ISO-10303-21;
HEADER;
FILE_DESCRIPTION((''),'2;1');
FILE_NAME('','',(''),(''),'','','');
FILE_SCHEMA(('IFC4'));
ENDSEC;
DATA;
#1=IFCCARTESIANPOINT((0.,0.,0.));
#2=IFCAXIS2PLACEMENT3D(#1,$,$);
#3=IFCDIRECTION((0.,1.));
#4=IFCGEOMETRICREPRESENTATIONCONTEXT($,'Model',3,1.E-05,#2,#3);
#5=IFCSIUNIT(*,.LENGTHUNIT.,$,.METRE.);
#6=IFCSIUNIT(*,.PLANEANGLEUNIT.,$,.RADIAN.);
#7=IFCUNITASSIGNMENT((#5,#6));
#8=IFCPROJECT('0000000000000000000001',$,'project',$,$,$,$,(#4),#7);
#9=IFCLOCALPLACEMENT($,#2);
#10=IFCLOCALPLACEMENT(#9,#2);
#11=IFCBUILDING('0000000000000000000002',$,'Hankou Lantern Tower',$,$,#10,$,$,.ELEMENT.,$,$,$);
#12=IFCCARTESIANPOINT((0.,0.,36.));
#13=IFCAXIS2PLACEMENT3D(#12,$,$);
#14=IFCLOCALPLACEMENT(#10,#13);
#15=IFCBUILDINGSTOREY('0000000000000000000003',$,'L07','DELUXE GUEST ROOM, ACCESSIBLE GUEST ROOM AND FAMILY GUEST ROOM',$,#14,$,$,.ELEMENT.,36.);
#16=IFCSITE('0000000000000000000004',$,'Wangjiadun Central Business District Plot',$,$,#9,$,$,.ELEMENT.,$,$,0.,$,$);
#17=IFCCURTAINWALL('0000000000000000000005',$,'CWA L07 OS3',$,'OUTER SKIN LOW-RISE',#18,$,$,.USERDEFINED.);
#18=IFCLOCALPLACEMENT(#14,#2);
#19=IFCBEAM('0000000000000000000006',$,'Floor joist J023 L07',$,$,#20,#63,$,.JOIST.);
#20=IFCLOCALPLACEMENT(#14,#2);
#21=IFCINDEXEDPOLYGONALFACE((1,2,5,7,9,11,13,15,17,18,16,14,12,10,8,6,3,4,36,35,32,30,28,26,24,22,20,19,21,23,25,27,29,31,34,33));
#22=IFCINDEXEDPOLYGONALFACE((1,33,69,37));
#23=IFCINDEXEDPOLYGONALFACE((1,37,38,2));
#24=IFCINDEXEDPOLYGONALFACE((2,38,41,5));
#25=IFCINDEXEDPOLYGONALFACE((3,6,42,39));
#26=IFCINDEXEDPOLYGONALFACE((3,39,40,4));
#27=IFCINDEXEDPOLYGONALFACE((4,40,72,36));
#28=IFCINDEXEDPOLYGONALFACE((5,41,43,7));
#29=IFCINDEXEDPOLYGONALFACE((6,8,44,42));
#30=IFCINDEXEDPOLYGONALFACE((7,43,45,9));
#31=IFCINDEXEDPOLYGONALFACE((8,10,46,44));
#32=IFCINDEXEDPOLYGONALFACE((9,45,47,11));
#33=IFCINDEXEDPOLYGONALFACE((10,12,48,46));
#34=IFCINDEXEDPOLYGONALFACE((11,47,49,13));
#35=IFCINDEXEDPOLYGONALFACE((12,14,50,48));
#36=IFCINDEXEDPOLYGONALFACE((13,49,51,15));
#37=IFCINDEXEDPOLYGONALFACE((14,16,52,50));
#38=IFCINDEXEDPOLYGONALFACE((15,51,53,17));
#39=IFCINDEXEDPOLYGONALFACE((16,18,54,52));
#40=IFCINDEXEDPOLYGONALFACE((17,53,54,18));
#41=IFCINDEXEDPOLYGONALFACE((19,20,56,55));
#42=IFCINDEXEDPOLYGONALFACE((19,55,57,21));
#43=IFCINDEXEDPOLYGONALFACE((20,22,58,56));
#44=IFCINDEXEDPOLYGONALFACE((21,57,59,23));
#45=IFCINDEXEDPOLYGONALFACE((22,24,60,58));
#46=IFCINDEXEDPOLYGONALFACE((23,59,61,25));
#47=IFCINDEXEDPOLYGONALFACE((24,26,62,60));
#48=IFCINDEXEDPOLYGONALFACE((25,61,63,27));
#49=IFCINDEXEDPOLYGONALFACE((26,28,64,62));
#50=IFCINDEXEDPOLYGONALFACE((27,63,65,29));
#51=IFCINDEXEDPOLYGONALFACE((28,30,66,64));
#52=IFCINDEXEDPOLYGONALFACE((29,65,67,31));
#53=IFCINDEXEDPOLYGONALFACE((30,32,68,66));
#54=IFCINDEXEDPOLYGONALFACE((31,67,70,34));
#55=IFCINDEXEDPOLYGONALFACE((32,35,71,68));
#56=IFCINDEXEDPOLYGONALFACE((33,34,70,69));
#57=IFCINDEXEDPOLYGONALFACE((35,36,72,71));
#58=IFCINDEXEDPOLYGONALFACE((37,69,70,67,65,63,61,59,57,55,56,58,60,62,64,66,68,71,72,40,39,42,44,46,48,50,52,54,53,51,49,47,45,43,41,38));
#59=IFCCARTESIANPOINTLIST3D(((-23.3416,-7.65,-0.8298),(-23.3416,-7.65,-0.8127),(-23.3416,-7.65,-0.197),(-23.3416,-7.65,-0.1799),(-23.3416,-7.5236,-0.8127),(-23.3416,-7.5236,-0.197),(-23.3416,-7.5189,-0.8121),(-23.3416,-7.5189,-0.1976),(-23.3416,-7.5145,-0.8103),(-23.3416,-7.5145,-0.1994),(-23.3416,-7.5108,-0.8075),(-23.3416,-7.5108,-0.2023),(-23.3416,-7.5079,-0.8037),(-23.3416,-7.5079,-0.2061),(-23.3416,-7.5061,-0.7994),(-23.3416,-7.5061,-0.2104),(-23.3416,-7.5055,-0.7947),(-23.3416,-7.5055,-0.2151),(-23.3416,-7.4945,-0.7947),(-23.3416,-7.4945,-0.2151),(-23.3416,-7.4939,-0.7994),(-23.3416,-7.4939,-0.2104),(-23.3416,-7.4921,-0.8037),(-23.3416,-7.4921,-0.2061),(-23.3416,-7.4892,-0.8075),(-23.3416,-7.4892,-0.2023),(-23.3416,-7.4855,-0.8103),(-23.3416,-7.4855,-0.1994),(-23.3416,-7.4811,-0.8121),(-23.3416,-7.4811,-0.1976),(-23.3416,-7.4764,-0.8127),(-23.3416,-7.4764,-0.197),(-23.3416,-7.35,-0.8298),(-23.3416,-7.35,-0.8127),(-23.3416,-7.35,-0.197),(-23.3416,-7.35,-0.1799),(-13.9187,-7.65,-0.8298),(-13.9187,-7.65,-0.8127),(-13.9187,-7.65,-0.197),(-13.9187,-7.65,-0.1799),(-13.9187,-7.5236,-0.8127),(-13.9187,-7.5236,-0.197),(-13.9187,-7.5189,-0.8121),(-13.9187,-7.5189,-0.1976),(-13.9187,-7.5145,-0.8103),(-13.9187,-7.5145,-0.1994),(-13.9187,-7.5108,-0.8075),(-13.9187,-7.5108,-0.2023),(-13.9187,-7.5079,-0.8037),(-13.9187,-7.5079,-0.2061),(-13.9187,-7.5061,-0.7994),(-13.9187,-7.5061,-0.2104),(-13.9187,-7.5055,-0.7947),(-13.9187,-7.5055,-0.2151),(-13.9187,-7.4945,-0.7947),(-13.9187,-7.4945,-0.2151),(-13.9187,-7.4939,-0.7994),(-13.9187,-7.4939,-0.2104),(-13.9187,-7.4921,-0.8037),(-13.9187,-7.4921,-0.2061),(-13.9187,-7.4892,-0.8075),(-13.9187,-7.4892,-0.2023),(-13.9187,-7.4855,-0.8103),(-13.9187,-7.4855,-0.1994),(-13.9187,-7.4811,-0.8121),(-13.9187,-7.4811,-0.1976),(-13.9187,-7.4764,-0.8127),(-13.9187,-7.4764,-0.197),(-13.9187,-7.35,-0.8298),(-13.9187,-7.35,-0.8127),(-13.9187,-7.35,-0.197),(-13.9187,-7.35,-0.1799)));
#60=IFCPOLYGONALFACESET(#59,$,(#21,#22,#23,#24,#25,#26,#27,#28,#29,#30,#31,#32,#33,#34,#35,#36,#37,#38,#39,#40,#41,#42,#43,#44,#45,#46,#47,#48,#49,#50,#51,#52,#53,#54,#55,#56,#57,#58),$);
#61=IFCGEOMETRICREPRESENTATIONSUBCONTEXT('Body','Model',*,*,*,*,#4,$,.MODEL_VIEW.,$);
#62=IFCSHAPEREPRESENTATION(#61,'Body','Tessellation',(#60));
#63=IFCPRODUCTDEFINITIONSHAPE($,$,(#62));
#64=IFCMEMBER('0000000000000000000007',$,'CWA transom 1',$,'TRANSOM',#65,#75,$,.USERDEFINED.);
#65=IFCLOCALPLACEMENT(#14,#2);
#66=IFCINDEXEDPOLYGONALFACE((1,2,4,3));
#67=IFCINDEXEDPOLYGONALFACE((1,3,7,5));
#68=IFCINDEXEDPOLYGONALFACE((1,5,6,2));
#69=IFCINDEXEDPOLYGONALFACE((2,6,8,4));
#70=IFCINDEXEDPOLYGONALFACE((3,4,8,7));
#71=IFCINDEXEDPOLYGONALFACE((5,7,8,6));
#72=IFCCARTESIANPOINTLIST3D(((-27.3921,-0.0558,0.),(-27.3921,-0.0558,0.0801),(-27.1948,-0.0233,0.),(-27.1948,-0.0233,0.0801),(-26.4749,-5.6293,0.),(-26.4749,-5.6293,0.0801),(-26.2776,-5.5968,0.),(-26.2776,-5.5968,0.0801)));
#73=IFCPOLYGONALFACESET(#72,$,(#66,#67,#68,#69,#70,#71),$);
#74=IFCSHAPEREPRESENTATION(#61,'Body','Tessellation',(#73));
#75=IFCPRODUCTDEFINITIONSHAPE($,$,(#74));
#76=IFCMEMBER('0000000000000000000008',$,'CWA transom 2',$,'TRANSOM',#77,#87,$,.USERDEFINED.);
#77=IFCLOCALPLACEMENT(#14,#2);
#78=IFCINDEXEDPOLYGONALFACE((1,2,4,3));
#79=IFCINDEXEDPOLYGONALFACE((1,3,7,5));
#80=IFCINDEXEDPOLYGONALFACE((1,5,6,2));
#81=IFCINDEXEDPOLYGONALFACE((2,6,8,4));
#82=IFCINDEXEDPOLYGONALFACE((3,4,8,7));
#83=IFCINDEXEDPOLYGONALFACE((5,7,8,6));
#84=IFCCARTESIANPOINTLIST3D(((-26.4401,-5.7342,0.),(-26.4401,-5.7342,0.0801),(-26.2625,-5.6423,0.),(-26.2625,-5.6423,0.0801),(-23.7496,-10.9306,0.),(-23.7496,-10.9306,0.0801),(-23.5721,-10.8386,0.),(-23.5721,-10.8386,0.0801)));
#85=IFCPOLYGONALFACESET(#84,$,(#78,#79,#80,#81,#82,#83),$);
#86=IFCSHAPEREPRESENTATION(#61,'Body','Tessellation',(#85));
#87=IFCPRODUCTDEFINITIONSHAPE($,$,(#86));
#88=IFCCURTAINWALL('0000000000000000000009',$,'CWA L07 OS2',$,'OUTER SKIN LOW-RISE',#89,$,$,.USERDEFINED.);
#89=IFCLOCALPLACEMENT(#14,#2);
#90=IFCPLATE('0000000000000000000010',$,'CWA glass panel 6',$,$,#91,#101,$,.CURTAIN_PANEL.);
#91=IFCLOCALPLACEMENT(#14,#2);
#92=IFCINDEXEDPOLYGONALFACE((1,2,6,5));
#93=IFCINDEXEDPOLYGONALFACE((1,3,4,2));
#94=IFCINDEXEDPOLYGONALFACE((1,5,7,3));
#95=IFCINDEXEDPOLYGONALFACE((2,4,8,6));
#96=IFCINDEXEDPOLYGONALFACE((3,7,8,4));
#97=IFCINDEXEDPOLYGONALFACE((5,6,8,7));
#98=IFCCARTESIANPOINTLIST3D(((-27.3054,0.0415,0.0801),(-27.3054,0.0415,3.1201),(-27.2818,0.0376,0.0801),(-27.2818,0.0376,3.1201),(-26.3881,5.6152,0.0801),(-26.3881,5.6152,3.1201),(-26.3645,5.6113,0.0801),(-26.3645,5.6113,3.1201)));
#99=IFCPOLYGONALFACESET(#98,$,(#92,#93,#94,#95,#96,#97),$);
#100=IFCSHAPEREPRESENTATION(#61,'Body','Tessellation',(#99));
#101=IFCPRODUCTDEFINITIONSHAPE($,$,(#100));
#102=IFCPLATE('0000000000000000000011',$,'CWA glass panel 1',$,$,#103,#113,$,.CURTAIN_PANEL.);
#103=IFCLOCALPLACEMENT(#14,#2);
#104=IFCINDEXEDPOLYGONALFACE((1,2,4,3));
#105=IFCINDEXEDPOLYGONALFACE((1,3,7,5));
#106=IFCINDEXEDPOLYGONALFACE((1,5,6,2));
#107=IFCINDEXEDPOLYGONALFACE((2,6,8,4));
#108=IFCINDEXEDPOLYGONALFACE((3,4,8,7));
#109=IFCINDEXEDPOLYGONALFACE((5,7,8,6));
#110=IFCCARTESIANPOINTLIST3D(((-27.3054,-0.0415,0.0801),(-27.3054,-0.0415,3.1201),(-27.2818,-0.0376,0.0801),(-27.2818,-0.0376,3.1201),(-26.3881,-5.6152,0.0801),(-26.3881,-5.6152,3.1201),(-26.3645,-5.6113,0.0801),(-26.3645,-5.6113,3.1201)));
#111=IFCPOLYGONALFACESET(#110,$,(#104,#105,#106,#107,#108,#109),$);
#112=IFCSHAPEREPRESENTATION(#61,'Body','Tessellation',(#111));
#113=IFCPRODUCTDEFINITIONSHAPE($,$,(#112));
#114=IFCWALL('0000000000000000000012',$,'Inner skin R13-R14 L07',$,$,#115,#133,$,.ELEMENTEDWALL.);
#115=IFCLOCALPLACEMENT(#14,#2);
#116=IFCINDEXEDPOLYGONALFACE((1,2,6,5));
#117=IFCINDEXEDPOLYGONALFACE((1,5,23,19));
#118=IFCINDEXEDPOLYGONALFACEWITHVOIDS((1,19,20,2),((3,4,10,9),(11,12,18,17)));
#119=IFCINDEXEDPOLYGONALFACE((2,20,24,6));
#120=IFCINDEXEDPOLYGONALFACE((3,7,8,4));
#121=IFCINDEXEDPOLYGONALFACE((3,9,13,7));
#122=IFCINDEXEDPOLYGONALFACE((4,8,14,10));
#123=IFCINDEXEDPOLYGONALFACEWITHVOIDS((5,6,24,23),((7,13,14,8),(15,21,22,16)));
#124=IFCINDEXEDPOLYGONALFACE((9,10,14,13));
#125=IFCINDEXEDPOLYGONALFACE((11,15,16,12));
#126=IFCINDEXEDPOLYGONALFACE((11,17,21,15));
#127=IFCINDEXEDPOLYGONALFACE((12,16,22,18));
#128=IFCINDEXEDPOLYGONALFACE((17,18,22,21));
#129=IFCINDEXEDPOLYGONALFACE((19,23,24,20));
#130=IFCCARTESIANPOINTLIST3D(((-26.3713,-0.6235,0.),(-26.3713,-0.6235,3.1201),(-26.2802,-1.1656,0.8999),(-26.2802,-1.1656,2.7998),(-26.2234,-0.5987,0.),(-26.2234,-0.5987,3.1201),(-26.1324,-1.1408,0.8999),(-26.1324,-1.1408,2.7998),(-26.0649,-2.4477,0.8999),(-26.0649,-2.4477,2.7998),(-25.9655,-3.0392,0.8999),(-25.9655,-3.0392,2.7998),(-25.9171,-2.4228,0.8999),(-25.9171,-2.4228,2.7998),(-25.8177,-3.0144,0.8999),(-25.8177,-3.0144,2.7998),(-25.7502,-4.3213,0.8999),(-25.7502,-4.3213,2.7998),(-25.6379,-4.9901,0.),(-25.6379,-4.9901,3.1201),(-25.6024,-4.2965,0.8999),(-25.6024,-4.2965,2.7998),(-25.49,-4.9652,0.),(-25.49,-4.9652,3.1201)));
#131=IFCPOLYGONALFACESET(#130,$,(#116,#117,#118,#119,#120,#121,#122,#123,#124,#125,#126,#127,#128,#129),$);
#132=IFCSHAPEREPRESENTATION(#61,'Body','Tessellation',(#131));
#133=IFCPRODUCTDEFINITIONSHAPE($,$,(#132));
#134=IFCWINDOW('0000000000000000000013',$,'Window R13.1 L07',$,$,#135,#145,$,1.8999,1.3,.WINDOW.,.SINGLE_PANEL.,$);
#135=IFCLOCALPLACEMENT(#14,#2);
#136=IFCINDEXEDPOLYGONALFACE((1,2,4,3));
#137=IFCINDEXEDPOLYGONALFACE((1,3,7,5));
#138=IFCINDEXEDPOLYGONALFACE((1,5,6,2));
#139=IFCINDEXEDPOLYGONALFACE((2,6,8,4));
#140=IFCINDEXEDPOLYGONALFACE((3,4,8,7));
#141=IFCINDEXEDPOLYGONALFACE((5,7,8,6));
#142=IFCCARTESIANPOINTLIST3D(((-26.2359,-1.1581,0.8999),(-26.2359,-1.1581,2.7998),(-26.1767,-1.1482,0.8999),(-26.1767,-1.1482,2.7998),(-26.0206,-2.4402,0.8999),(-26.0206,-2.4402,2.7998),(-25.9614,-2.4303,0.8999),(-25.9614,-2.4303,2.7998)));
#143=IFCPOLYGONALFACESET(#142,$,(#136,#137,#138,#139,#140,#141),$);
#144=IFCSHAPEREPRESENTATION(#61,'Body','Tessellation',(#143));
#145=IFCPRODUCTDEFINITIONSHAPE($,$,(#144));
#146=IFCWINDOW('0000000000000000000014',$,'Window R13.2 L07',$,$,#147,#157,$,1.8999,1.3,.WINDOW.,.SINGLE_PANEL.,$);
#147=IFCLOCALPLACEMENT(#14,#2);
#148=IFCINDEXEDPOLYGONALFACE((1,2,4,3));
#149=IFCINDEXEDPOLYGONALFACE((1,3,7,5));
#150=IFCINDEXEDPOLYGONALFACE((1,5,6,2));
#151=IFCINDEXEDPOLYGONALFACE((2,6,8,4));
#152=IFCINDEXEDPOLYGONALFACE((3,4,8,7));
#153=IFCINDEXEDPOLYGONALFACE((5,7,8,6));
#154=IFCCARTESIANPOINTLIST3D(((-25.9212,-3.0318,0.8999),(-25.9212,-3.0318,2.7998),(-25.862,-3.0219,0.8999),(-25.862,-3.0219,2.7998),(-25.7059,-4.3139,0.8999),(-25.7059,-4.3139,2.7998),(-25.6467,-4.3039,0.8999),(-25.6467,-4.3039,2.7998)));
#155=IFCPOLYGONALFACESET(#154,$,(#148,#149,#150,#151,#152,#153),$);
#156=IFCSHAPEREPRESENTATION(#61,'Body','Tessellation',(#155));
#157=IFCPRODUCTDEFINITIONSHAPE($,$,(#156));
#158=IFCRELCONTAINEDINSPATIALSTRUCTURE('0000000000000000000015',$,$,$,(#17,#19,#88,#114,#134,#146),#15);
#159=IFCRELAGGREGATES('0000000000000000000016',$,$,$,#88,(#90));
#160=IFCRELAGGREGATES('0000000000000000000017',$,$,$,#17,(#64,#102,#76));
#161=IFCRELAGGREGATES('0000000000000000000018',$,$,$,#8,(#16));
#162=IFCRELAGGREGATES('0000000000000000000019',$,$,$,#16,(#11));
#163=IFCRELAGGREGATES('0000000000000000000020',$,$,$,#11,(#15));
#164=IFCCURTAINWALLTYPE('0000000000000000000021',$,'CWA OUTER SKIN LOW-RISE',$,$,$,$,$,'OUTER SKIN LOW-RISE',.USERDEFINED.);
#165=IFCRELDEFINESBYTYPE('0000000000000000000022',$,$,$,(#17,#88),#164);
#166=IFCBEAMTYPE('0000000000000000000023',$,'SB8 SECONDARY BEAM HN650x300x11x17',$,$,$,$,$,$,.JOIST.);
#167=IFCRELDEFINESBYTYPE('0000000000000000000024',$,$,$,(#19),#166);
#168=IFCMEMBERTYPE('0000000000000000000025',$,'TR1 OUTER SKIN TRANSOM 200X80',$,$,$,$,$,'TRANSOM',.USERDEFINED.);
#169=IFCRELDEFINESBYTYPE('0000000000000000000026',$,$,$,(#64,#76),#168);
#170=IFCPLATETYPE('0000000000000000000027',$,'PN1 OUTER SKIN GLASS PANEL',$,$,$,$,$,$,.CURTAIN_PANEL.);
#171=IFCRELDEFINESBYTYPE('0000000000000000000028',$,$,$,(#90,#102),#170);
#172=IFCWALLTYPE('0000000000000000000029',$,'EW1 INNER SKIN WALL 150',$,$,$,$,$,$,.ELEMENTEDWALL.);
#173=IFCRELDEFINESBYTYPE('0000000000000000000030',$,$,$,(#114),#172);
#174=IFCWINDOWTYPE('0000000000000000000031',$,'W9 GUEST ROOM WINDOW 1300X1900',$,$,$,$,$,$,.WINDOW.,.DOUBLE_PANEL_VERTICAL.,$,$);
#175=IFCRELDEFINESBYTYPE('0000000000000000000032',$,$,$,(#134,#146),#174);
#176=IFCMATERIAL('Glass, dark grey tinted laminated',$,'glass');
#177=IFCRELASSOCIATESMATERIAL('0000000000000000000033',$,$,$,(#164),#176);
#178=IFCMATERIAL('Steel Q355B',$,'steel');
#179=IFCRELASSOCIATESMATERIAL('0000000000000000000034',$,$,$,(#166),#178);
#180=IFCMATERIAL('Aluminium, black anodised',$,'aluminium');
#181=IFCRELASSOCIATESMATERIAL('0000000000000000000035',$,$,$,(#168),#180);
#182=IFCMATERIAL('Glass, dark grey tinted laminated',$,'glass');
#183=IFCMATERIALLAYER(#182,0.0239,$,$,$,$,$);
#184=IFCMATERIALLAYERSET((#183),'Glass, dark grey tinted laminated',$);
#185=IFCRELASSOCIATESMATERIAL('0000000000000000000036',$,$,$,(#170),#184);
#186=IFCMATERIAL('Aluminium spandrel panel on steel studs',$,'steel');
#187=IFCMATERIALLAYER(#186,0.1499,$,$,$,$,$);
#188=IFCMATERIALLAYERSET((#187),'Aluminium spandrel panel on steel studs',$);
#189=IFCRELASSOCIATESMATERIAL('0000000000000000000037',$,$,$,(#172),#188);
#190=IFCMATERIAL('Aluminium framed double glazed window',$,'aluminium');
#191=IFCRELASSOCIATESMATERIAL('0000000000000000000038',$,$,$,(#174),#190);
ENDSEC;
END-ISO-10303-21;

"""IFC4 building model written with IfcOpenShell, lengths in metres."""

from ifc_helpers import new_model, si_unit, direction, frame, frame_2d, origin, origin_2d, place, context, subcontext, project, spatial, rectangle, i_section, extrude, material, layer, layer_set, material_profile, profile_set, type_object, element, fill, aggregate, save


model = new_model("IFC4")

# Units and contexts
model_context = context("Model", 3, precision=1e-05, world=origin(), true_north=direction((0.0, 1.0)))
body_context = subcontext(model_context, "Body", "Model", "MODEL_VIEW")
ifc_project = project(units=[si_unit("LENGTHUNIT", "METRE"), si_unit("PLANEANGLEUNIT", "RADIAN")], contexts=[model_context])

# Site, building, storey
site_placement = place(None, origin())
site = spatial("IfcSite", under=ifc_project, at=site_placement, Name="Wangjiadun Central Business District Plot", CompositionType="ELEMENT", RefElevation=0.0)
building_placement = place(site_placement, origin())
building = spatial("IfcBuilding", under=site, at=building_placement, Name="Hankou Lantern Tower", CompositionType="ELEMENT")
storey_placement = place(building_placement, frame((0.0, 0.0, 36.0)))
storey = spatial("IfcBuildingStorey", under=building, at=storey_placement, Name="L07", Description="DELUXE GUEST ROOM, ACCESSIBLE GUEST ROOM AND FAMILY GUEST ROOM", CompositionType="ELEMENT", Elevation=36.0)

# Curtain wall
ifc_material_1 = material(Name="Glass, dark grey tinted laminated", Category="glass")
curtain_wall_type = type_object("IfcCurtainWallType", Name="CWA OUTER SKIN LOW-RISE", ElementType="OUTER SKIN LOW-RISE", PredefinedType="USERDEFINED", material=ifc_material_1)
curtain_wall_1_placement = place(storey_placement, origin())
curtain_wall_1 = element("IfcCurtainWall", 1, at=curtain_wall_1_placement, inside=storey, type_object=curtain_wall_type, Name="CWA L07 OS3", ObjectType="OUTER SKIN LOW-RISE", PredefinedType="USERDEFINED")

# Beam
ifc_material_2 = material(Name="Steel Q355B", Category="steel")
ifc_material_profile_1 = material_profile(ifc_material_2, i_section(OverallWidth=0.3, OverallDepth=0.6499, WebThickness=0.011, FlangeThickness=0.0171, FilletRadius=0.0181, at=origin_2d()), Name="HN650x300x11x17")
ifc_profile_set_1 = profile_set([ifc_material_profile_1], Name="Steel Q355B")
beam_type_1 = type_object("IfcBeamType", Name="SB8 SECONDARY BEAM HN650x300x11x17", PredefinedType="JOIST", material=ifc_profile_set_1)
beam_1_placement = place(storey_placement, frame((-23.3416, -7.5, -0.5049), z_axis=(1.0, 0.0, 0.0), x_axis=(0.0, 1.0, 0.0)))
element("IfcBeam", 2, at=beam_1_placement, inside=storey, type_object=beam_type_1, Name="Floor joist J023 L07", PredefinedType="JOIST", context=body_context, shape_type="SweptSolid", body=[
    extrude(i_section(OverallWidth=0.3, OverallDepth=0.6499, WebThickness=0.011, FlangeThickness=0.0171, FilletRadius=0.0181, at=origin_2d()), origin(), (0.0, 0.0, 1.0), 9.4229),
])

# Members
ifc_material_3 = material(Name="Aluminium, black anodised", Category="aluminium")
ifc_material_profile_2 = material_profile(ifc_material_3, rectangle(XDim=0.2, YDim=0.0801, at=origin_2d()), Name="TR1 200X80")
ifc_profile_set_2 = profile_set([ifc_material_profile_2], Name="Aluminium, black anodised")
member_type_1 = type_object("IfcMemberType", Name="TR1 OUTER SKIN TRANSOM 200X80", ElementType="TRANSOM", PredefinedType="USERDEFINED", material=ifc_profile_set_2)
member_1_placement = place(storey_placement, frame((-27.2935, -0.0396, 0.04), z_axis=(0.162387, -0.986727, 0.0), x_axis=(0.986727, 0.162387, 0.0)))
member_1 = element("IfcMember", 3, at=member_1_placement, type_object=member_type_1, Name="CWA transom 1", ObjectType="TRANSOM", PredefinedType="USERDEFINED", context=body_context, shape_type="SweptSolid", body=[
    extrude(rectangle(XDim=0.2, YDim=0.0801, at=origin_2d()), origin(), (0.0, 0.0, 1.0), 5.6484),
])
member_2_placement = place(storey_placement, frame((-26.3513, -5.6882, 0.04), z_axis=(0.459786, -0.88803, 0.0), x_axis=(0.88803, 0.459786, 0.0)))
member_2 = element("IfcMember", 4, at=member_2_placement, type_object=member_type_1, Name="CWA transom 2", ObjectType="TRANSOM", PredefinedType="USERDEFINED", context=body_context, shape_type="SweptSolid", body=[
    extrude(rectangle(XDim=0.2, YDim=0.0801, at=origin_2d()), origin(), (0.0, 0.0, 1.0), 5.8516),
])

# Curtain wall, plate
curtain_wall_2_placement = place(storey_placement, origin())
curtain_wall_2 = element("IfcCurtainWall", 5, at=curtain_wall_2_placement, inside=storey, type_object=curtain_wall_type, Name="CWA L07 OS2", ObjectType="OUTER SKIN LOW-RISE", PredefinedType="USERDEFINED")
ifc_material_4 = material(Name="Glass, dark grey tinted laminated", Category="glass")
ifc_layer_1 = layer(ifc_material_4, 0.0239)
ifc_layer_set_1 = layer_set([ifc_layer_1], Name="Glass, dark grey tinted laminated")
plate_type = type_object("IfcPlateType", Name="PN1 OUTER SKIN GLASS PANEL", PredefinedType="CURTAIN_PANEL", material=ifc_layer_set_1)
plate_1_placement = place(storey_placement, frame((-26.835, 2.8264, 0.0801), z_axis=(0.0, 0.0, 1.0), x_axis=(-0.162382, -0.986728, 0.0)))
plate_1 = element("IfcPlate", 6, at=plate_1_placement, type_object=plate_type, Name="CWA glass panel 6", PredefinedType="CURTAIN_PANEL", context=body_context, shape_type="SweptSolid", body=[
    extrude(rectangle(XDim=5.6487, YDim=0.0239, at=origin_2d()), origin(), (0.0, 0.0, 1.0), 3.04),
])
aggregate(curtain_wall_2, [plate_1])

# Plate
plate_2_placement = place(storey_placement, frame((-26.835, -2.8264, 0.0801), z_axis=(0.0, 0.0, 1.0), x_axis=(0.162382, -0.986728, 0.0)))
plate_2 = element("IfcPlate", 7, at=plate_2_placement, type_object=plate_type, Name="CWA glass panel 1", PredefinedType="CURTAIN_PANEL", context=body_context, shape_type="SweptSolid", body=[
    extrude(rectangle(XDim=5.6487, YDim=0.0239, at=origin_2d()), origin(), (0.0, 0.0, 1.0), 3.04),
])
aggregate(curtain_wall_1, [member_1, plate_2, member_2])

# Wall, openings, windows
ifc_material_5 = material(Name="Aluminium spandrel panel on steel studs", Category="steel")
ifc_layer_2 = layer(ifc_material_5, 0.1499)
ifc_layer_set_2 = layer_set([ifc_layer_2], Name="Aluminium spandrel panel on steel studs")
wall_type_1 = type_object("IfcWallType", Name="EW1 INNER SKIN WALL 150", PredefinedType="ELEMENTEDWALL", material=ifc_layer_set_2)
wall_1_placement = place(storey_placement, frame((-26.2974, -0.6111, 0.0), z_axis=(0.0, 0.0, 1.0), x_axis=(0.165642, -0.986186, 0.0)))
wall_1 = element("IfcWall", 8, at=wall_1_placement, inside=storey, type_object=wall_type_1, Name="Inner skin R13-R14 L07", PredefinedType="ELEMENTEDWALL", context=body_context, shape_type="SweptSolid", body=[
    extrude(rectangle(XDim=4.4277, YDim=0.1499, at=frame_2d((2.2139, 0.0))), origin(), (0.0, 0.0, 1.0), 3.1201),
])
opening_1_placement = place(wall_1_placement, frame((0.5498, 0.0, 0.8999)))
opening_1 = element("IfcOpeningElement", 9, at=opening_1_placement, cuts=wall_1, PredefinedType="OPENING", context=body_context, shape_type="SweptSolid", body=[
    extrude(rectangle(XDim=1.3, YDim=1.8999, at=frame_2d((0.6499, 0.95))), frame((0.0, 0.085, 0.0), z_axis=(0.0, -1.0, 0.0), x_axis=(1.0, 0.0, 0.0)), (0.0, 0.0, 1.0), 0.1699),
])
opening_2_placement = place(wall_1_placement, frame((2.4497, 0.0, 0.8999)))
opening_2 = element("IfcOpeningElement", 10, at=opening_2_placement, cuts=wall_1, PredefinedType="OPENING", context=body_context, shape_type="SweptSolid", body=[
    extrude(rectangle(XDim=1.3, YDim=1.8999, at=frame_2d((0.6499, 0.95))), frame((0.0, 0.085, 0.0), z_axis=(0.0, -1.0, 0.0), x_axis=(1.0, 0.0, 0.0)), (0.0, 0.0, 1.0), 0.1699),
])
ifc_material_6 = material(Name="Aluminium framed double glazed window", Category="aluminium")
window_type = type_object("IfcWindowType", Name="W9 GUEST ROOM WINDOW 1300X1900", PartitioningType="DOUBLE_PANEL_VERTICAL", PredefinedType="WINDOW", material=ifc_material_6)
window_1_placement = place(opening_1_placement, origin())
window_1 = element("IfcWindow", 11, at=window_1_placement, inside=storey, type_object=window_type, Name="Window R13.1 L07", OverallHeight=1.8999, OverallWidth=1.3, PartitioningType="SINGLE_PANEL", PredefinedType="WINDOW", context=body_context, shape_type="SweptSolid", body=[
    extrude(rectangle(XDim=1.3, YDim=1.8999, at=frame_2d((0.6499, 0.95))), frame((0.0, 0.03, 0.0), z_axis=(0.0, -1.0, 0.0), x_axis=(1.0, 0.0, 0.0)), (0.0, 0.0, 1.0), 0.0601),
])
fill(opening_1, window_1)
window_2_placement = place(opening_2_placement, origin())
window_2 = element("IfcWindow", 12, at=window_2_placement, inside=storey, type_object=window_type, Name="Window R13.2 L07", OverallHeight=1.8999, OverallWidth=1.3, PartitioningType="SINGLE_PANEL", PredefinedType="WINDOW", context=body_context, shape_type="SweptSolid", body=[
    extrude(rectangle(XDim=1.3, YDim=1.8999, at=frame_2d((0.6499, 0.95))), frame((0.0, 0.03, 0.0), z_axis=(0.0, -1.0, 0.0), x_axis=(1.0, 0.0, 0.0)), (0.0, 0.0, 1.0), 0.0601),
])
fill(opening_2, window_2)

save(model, "model.ifc")
